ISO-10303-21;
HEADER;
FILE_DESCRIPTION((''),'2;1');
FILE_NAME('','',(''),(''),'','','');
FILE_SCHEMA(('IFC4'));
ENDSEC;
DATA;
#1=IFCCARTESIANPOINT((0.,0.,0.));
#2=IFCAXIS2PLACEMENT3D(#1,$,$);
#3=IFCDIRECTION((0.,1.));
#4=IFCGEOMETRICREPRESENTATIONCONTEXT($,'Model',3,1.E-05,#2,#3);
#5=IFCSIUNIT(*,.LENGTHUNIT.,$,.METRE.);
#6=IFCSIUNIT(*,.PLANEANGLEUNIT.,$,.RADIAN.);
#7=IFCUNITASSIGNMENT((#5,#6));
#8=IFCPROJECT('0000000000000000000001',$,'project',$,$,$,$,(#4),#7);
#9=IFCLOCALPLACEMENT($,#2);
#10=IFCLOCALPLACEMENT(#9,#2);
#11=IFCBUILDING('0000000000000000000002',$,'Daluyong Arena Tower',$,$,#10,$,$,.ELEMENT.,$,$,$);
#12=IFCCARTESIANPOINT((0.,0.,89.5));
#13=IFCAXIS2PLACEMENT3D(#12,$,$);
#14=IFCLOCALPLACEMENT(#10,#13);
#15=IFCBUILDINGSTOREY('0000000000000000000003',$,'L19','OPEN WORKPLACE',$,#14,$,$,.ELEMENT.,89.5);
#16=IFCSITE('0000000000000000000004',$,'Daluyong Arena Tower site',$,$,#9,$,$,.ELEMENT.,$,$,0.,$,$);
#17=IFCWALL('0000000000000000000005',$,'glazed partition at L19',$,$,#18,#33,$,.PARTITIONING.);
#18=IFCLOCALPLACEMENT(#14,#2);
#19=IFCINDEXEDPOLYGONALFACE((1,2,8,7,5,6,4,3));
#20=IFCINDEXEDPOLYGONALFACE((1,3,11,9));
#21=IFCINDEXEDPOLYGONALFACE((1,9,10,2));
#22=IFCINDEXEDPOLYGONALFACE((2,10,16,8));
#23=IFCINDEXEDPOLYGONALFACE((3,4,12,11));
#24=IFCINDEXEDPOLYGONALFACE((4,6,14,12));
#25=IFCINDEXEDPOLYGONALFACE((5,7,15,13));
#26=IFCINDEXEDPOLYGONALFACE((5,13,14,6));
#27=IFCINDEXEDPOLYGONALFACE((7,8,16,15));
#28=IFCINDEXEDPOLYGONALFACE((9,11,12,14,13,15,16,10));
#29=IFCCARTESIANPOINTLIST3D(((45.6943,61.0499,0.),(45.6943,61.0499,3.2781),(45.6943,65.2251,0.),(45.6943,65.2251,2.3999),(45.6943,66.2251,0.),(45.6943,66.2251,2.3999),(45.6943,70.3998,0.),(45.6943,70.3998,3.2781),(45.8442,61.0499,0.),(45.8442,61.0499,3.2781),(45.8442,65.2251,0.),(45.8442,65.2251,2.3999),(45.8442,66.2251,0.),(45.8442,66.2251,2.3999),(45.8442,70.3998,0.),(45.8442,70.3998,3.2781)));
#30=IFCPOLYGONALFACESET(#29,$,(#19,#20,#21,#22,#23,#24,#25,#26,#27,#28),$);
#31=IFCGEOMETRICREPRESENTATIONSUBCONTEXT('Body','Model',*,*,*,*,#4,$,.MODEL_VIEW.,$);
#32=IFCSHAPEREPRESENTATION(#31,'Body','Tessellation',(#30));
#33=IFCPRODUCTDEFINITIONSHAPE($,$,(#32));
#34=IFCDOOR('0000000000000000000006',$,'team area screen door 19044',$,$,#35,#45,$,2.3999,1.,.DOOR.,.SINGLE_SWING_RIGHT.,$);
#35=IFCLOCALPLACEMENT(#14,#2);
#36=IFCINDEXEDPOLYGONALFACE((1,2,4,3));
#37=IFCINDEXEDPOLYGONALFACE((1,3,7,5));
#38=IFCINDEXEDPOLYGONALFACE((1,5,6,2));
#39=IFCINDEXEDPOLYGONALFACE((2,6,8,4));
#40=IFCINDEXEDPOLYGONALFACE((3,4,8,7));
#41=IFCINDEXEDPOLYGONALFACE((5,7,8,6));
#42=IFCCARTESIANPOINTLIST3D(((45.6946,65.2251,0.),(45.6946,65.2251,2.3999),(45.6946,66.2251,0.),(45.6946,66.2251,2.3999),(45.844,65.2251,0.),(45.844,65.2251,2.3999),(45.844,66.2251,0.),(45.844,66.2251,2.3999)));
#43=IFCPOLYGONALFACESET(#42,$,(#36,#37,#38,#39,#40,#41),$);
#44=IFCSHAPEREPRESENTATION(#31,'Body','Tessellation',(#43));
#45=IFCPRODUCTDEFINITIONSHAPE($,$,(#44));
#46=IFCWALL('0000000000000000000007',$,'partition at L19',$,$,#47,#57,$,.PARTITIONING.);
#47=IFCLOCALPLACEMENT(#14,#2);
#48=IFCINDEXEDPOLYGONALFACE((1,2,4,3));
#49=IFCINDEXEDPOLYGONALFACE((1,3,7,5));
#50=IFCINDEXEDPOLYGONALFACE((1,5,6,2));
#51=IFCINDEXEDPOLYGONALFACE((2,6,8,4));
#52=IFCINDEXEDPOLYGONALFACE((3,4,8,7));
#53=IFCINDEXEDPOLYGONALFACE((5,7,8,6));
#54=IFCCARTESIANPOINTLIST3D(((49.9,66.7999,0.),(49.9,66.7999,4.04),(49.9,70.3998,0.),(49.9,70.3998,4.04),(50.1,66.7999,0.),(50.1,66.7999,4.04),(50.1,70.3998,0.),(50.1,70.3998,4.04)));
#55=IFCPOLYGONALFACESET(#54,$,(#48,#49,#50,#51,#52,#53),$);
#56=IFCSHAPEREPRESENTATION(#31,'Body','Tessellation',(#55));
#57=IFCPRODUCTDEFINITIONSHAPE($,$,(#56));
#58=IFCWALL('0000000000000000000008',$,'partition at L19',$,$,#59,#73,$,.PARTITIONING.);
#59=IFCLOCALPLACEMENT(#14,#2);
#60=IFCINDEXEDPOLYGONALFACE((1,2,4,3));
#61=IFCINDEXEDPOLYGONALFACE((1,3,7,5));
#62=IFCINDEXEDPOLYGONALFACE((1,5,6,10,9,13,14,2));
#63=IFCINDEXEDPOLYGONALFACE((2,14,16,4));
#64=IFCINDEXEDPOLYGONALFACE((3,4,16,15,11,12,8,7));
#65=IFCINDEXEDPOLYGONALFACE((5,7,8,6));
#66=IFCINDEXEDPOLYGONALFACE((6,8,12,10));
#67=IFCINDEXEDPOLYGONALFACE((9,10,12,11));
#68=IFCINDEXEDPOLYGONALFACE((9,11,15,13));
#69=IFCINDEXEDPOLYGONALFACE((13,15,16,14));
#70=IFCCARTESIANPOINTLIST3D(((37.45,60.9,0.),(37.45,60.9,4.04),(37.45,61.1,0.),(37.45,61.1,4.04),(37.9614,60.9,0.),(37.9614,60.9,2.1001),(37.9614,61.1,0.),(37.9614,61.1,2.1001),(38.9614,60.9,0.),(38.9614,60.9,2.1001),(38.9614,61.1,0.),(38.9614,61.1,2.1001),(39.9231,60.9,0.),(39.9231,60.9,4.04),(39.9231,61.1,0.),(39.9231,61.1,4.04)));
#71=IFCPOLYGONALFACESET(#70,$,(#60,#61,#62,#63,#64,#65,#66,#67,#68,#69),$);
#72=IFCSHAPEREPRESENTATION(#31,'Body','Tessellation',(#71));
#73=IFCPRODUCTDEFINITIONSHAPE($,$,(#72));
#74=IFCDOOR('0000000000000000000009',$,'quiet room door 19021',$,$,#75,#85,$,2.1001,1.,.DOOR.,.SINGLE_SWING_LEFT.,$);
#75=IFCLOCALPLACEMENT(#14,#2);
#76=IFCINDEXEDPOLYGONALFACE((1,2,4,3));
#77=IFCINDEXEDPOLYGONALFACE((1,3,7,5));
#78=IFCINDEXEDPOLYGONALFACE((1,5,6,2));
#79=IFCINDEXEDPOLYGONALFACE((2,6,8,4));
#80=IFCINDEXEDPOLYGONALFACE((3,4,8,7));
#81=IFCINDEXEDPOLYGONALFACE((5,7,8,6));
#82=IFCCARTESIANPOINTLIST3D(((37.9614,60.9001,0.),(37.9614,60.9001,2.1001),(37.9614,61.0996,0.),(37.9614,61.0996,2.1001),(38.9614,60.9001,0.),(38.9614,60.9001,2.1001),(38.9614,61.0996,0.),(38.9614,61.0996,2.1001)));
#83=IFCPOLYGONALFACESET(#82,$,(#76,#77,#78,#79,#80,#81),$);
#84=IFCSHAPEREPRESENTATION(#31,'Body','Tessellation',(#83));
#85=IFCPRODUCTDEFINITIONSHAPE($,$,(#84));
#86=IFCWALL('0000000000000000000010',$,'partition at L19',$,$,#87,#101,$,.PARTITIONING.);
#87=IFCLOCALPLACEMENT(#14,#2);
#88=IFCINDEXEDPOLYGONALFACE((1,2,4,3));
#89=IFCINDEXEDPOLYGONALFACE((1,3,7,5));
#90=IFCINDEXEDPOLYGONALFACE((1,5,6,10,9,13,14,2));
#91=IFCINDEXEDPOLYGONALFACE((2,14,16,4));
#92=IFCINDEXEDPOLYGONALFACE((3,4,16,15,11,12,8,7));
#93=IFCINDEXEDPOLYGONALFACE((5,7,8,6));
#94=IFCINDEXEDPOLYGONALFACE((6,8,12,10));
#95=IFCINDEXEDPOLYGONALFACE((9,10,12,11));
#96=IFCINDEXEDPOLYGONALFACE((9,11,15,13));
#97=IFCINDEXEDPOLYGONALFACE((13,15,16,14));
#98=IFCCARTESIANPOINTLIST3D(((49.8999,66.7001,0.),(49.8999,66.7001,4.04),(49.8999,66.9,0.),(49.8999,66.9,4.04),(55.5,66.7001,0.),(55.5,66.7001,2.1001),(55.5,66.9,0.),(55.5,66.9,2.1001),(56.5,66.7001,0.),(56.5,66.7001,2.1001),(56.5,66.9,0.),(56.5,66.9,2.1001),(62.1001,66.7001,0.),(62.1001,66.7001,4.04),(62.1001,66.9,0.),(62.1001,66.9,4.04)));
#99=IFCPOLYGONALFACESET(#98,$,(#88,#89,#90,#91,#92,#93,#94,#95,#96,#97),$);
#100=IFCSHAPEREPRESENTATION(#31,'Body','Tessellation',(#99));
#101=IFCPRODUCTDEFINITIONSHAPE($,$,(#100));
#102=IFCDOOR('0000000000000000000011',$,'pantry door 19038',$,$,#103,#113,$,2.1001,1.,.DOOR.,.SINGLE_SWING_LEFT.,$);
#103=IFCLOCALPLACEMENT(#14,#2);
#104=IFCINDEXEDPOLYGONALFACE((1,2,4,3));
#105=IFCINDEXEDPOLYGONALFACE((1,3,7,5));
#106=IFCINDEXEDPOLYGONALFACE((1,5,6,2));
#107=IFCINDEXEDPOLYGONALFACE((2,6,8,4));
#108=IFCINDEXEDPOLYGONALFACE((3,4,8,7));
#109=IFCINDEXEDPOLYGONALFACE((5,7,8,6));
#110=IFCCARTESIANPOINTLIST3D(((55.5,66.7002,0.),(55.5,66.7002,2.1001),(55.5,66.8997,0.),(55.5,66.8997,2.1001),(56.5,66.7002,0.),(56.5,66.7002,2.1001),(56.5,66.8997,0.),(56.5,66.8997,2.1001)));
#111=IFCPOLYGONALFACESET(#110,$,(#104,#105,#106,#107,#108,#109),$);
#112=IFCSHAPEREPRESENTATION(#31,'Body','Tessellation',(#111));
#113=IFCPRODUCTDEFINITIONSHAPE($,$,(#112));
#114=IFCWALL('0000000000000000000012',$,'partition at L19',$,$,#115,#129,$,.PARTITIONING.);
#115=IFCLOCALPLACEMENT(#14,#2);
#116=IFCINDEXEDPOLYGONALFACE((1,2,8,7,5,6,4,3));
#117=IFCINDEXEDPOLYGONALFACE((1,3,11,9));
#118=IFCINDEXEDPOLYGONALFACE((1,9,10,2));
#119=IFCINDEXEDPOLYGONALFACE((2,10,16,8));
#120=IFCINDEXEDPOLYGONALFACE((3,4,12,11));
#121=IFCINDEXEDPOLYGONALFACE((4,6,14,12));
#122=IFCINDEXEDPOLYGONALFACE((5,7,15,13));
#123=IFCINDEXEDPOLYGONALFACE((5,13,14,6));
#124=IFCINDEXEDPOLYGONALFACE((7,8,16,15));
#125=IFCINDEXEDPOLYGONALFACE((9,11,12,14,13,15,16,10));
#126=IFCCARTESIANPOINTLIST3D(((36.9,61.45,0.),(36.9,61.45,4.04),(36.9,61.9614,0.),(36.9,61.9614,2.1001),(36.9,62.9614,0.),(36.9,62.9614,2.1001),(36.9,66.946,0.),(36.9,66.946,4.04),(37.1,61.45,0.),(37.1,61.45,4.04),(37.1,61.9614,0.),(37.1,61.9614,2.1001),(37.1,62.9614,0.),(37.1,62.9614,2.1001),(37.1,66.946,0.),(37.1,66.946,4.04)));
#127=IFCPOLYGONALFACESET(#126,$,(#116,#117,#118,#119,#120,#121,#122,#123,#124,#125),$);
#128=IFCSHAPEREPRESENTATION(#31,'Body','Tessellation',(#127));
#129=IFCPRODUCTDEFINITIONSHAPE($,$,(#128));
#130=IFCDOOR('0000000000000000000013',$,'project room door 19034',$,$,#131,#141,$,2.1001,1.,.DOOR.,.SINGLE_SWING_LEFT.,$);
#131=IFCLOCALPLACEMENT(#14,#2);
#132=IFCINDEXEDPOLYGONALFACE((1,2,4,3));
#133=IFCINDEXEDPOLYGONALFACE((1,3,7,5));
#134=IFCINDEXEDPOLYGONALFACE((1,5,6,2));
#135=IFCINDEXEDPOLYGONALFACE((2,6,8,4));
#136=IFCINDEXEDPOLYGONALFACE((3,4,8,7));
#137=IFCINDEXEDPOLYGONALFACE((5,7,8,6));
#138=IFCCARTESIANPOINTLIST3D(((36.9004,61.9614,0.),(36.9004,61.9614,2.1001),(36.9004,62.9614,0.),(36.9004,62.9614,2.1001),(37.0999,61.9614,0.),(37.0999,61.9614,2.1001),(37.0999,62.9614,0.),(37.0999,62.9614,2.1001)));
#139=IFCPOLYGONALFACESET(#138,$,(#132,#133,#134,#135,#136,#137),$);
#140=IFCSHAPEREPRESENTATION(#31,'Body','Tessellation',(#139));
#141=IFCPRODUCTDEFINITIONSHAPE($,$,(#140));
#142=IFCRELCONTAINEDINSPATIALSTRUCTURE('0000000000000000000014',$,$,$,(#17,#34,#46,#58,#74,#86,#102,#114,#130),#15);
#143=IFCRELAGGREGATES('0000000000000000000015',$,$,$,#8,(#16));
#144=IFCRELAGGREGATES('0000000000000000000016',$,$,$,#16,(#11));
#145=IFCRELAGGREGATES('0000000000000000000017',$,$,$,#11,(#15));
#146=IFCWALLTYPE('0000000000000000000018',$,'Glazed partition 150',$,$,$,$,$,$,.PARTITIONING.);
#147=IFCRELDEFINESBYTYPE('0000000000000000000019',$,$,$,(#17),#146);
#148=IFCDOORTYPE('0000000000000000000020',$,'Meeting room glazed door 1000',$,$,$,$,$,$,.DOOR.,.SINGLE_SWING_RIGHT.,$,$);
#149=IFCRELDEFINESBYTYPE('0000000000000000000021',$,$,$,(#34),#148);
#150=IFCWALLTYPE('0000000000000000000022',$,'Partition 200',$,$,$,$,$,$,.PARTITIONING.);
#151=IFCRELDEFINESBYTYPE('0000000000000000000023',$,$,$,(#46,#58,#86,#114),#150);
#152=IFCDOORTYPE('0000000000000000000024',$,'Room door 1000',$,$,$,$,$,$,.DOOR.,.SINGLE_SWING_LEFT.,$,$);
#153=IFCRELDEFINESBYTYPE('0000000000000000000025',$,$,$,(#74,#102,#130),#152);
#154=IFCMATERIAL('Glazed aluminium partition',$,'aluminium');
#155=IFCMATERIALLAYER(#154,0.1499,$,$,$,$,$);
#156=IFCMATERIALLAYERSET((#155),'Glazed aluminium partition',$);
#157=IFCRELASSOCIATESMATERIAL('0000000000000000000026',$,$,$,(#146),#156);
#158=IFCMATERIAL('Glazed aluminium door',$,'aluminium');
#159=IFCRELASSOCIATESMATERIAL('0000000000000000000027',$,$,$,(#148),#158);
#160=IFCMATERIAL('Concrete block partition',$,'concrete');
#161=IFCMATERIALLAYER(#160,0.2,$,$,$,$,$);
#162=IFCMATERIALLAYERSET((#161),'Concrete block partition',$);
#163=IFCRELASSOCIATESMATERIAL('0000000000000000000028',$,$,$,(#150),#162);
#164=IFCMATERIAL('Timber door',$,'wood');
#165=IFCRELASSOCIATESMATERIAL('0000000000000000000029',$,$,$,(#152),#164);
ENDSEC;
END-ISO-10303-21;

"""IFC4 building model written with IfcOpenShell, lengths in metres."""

from ifc_helpers import new_model, si_unit, direction, frame, frame_2d, origin, place, context, subcontext, project, spatial, rectangle, extrude, material, layer, layer_set, type_object, element, fill, save


model = new_model("IFC4")

# Units and contexts
model_context = context("Model", 3, precision=1e-05, world=origin(), true_north=direction((0.0, 1.0)))
body_context = subcontext(model_context, "Body", "Model", "MODEL_VIEW")
ifc_project = project(units=[si_unit("LENGTHUNIT", "METRE"), si_unit("PLANEANGLEUNIT", "RADIAN")], contexts=[model_context])

# Site, building, storey
site_placement = place(None, origin())
site = spatial("IfcSite", under=ifc_project, at=site_placement, Name="Daluyong Arena Tower site", CompositionType="ELEMENT", RefElevation=0.0)
building_placement = place(site_placement, origin())
building = spatial("IfcBuilding", under=site, at=building_placement, Name="Daluyong Arena Tower", CompositionType="ELEMENT")
storey_placement = place(building_placement, frame((0.0, 0.0, 89.5)))
storey = spatial("IfcBuildingStorey", under=building, at=storey_placement, Name="L19", Description="OPEN WORKPLACE", CompositionType="ELEMENT", Elevation=89.5)

# Shared definitions
ifc_material_1 = material(Name="Glazed aluminium partition", Category="aluminium")
ifc_layer_1 = layer(ifc_material_1, 0.1499)
ifc_layer_set_1 = layer_set([ifc_layer_1], Name="Glazed aluminium partition")
wall_type_1 = type_object("IfcWallType", Name="Glazed partition 150", PredefinedType="PARTITIONING", material=ifc_layer_set_1)
ifc_material_2 = material(Name="Glazed aluminium door", Category="aluminium")
door_type_1 = type_object("IfcDoorType", Name="Meeting room glazed door 1000", OperationType="SINGLE_SWING_RIGHT", PredefinedType="DOOR", material=ifc_material_2)

# Wall, opening, door
wall_1_placement = place(storey_placement, frame((45.7693, 61.05, 0.0), z_axis=(0.0, 0.0, 1.0), x_axis=(0.0, 1.0, 0.0)))
wall_1 = element("IfcWall", 1, at=wall_1_placement, inside=storey, type_object=wall_type_1, Name="glazed partition at L19", PredefinedType="PARTITIONING", context=body_context, shape_type="SweptSolid", body=[
    extrude(rectangle(XDim=9.3499, YDim=0.1499, at=frame_2d((4.6748, 0.0))), origin(), (0.0, 0.0, 1.0), 3.2781),
])
opening_1_placement = place(wall_1_placement, frame((4.175, 0.0, 0.0)))
opening_1 = element("IfcOpeningElement", 2, at=opening_1_placement, cuts=wall_1, PredefinedType="OPENING", context=body_context, shape_type="SweptSolid", body=[
    extrude(rectangle(XDim=1.0, YDim=2.3999, at=frame_2d((0.5, 1.2))), frame((0.0, 0.085, 0.0), z_axis=(0.0, -1.0, 0.0), x_axis=(1.0, 0.0, 0.0)), (0.0, 0.0, 1.0), 0.1699),
])
door_1_placement = place(opening_1_placement, origin())
door_1 = element("IfcDoor", 3, at=door_1_placement, inside=storey, type_object=door_type_1, Name="team area screen door 19044", OperationType="SINGLE_SWING_RIGHT", OverallHeight=2.3999, OverallWidth=1.0, PredefinedType="DOOR", context=body_context, shape_type="SweptSolid", body=[
    extrude(rectangle(XDim=1.0, YDim=2.3999, at=frame_2d((0.5, 1.2))), frame((0.0, 0.0747, 0.0), z_axis=(0.0, -1.0, 0.0), x_axis=(1.0, 0.0, 0.0)), (0.0, 0.0, 1.0), 0.1494),
])
fill(opening_1, door_1)

# Wall
ifc_material_3 = material(Name="Concrete block partition", Category="concrete")
ifc_layer_2 = layer(ifc_material_3, 0.2)
ifc_layer_set_2 = layer_set([ifc_layer_2], Name="Concrete block partition")
wall_type_2 = type_object("IfcWallType", Name="Partition 200", PredefinedType="PARTITIONING", material=ifc_layer_set_2)
wall_2_placement = place(storey_placement, frame((50.0, 66.8, 0.0), z_axis=(0.0, 0.0, 1.0), x_axis=(0.0, 1.0, 0.0)))
element("IfcWall", 4, at=wall_2_placement, inside=storey, type_object=wall_type_2, Name="partition at L19", PredefinedType="PARTITIONING", context=body_context, shape_type="SweptSolid", body=[
    extrude(rectangle(XDim=3.5999, YDim=0.2, at=frame_2d((1.7998, 0.0))), origin(), (0.0, 0.0, 1.0), 4.04),
])

# Walls, openings, doors
wall_3_placement = place(storey_placement, frame((37.45, 61.0, 0.0), z_axis=(0.0, 0.0, 1.0), x_axis=(1.0, 0.0, 0.0)))
wall_3 = element("IfcWall", 5, at=wall_3_placement, inside=storey, type_object=wall_type_2, Name="partition at L19", PredefinedType="PARTITIONING", context=body_context, shape_type="SweptSolid", body=[
    extrude(rectangle(XDim=2.4731, YDim=0.2, at=frame_2d((1.2366, 0.0))), origin(), (0.0, 0.0, 1.0), 4.04),
])
opening_2_placement = place(wall_3_placement, frame((0.5115, 0.0, 0.0)))
opening_2 = element("IfcOpeningElement", 6, at=opening_2_placement, cuts=wall_3, PredefinedType="OPENING", context=body_context, shape_type="SweptSolid", body=[
    extrude(rectangle(XDim=1.0, YDim=2.1001, at=frame_2d((0.5, 1.05))), frame((0.0, 0.1099, 0.0), z_axis=(0.0, -1.0, 0.0), x_axis=(1.0, 0.0, 0.0)), (0.0, 0.0, 1.0), 0.22),
])
ifc_material_4 = material(Name="Timber door", Category="wood")
door_type_2 = type_object("IfcDoorType", Name="Room door 1000", OperationType="SINGLE_SWING_LEFT", PredefinedType="DOOR", material=ifc_material_4)
door_2_placement = place(opening_2_placement, origin())
door_2 = element("IfcDoor", 7, at=door_2_placement, inside=storey, type_object=door_type_2, Name="quiet room door 19021", OperationType="SINGLE_SWING_LEFT", OverallHeight=2.1001, OverallWidth=1.0, PredefinedType="DOOR", context=body_context, shape_type="SweptSolid", body=[
    extrude(rectangle(XDim=1.0, YDim=2.1001, at=frame_2d((0.5, 1.05))), frame((0.0, 0.0996, 0.0), z_axis=(0.0, -1.0, 0.0), x_axis=(1.0, 0.0, 0.0)), (0.0, 0.0, 1.0), 0.1995),
])
fill(opening_2, door_2)
wall_4_placement = place(storey_placement, frame((49.8999, 66.8, 0.0), z_axis=(0.0, 0.0, 1.0), x_axis=(1.0, 0.0, 0.0)))
wall_4 = element("IfcWall", 8, at=wall_4_placement, inside=storey, type_object=wall_type_2, Name="partition at L19", PredefinedType="PARTITIONING", context=body_context, shape_type="SweptSolid", body=[
    extrude(rectangle(XDim=12.2002, YDim=0.2, at=frame_2d((6.1001, 0.0))), origin(), (0.0, 0.0, 1.0), 4.04),
])
opening_3_placement = place(wall_4_placement, frame((5.6001, 0.0, 0.0)))
opening_3 = element("IfcOpeningElement", 9, at=opening_3_placement, cuts=wall_4, PredefinedType="OPENING", context=body_context, shape_type="SweptSolid", body=[
    extrude(rectangle(XDim=1.0, YDim=2.1001, at=frame_2d((0.5, 1.05))), frame((0.0, 0.1099, 0.0), z_axis=(0.0, -1.0, 0.0), x_axis=(1.0, 0.0, 0.0)), (0.0, 0.0, 1.0), 0.22),
])
door_3_placement = place(opening_3_placement, origin())
door_3 = element("IfcDoor", 10, at=door_3_placement, inside=storey, type_object=door_type_2, Name="pantry door 19038", OperationType="SINGLE_SWING_LEFT", OverallHeight=2.1001, OverallWidth=1.0, PredefinedType="DOOR", context=body_context, shape_type="SweptSolid", body=[
    extrude(rectangle(XDim=1.0, YDim=2.1001, at=frame_2d((0.5, 1.05))), frame((0.0, 0.0996, 0.0), z_axis=(0.0, -1.0, 0.0), x_axis=(1.0, 0.0, 0.0)), (0.0, 0.0, 1.0), 0.1995),
])
fill(opening_3, door_3)
wall_5_placement = place(storey_placement, frame((37.0, 61.45, 0.0), z_axis=(0.0, 0.0, 1.0), x_axis=(0.0, 1.0, 0.0)))
wall_5 = element("IfcWall", 11, at=wall_5_placement, inside=storey, type_object=wall_type_2, Name="partition at L19", PredefinedType="PARTITIONING", context=body_context, shape_type="SweptSolid", body=[
    extrude(rectangle(XDim=5.4961, YDim=0.2, at=frame_2d((2.748, 0.0))), origin(), (0.0, 0.0, 1.0), 4.04),
])
opening_4_placement = place(wall_5_placement, frame((0.5115, 0.0, 0.0)))
opening_4 = element("IfcOpeningElement", 12, at=opening_4_placement, cuts=wall_5, PredefinedType="OPENING", context=body_context, shape_type="SweptSolid", body=[
    extrude(rectangle(XDim=1.0, YDim=2.1001, at=frame_2d((0.5, 1.05))), frame((0.0, 0.1099, 0.0), z_axis=(0.0, -1.0, 0.0), x_axis=(1.0, 0.0, 0.0)), (0.0, 0.0, 1.0), 0.22),
])
door_4_placement = place(opening_4_placement, origin())
door_4 = element("IfcDoor", 13, at=door_4_placement, inside=storey, type_object=door_type_2, Name="project room door 19034", OperationType="SINGLE_SWING_LEFT", OverallHeight=2.1001, OverallWidth=1.0, PredefinedType="DOOR", context=body_context, shape_type="SweptSolid", body=[
    extrude(rectangle(XDim=1.0, YDim=2.1001, at=frame_2d((0.5, 1.05))), frame((0.0, 0.0996, 0.0), z_axis=(0.0, -1.0, 0.0), x_axis=(1.0, 0.0, 0.0)), (0.0, 0.0, 1.0), 0.1995),
])
fill(opening_4, door_4)

save(model, "model.ifc")
